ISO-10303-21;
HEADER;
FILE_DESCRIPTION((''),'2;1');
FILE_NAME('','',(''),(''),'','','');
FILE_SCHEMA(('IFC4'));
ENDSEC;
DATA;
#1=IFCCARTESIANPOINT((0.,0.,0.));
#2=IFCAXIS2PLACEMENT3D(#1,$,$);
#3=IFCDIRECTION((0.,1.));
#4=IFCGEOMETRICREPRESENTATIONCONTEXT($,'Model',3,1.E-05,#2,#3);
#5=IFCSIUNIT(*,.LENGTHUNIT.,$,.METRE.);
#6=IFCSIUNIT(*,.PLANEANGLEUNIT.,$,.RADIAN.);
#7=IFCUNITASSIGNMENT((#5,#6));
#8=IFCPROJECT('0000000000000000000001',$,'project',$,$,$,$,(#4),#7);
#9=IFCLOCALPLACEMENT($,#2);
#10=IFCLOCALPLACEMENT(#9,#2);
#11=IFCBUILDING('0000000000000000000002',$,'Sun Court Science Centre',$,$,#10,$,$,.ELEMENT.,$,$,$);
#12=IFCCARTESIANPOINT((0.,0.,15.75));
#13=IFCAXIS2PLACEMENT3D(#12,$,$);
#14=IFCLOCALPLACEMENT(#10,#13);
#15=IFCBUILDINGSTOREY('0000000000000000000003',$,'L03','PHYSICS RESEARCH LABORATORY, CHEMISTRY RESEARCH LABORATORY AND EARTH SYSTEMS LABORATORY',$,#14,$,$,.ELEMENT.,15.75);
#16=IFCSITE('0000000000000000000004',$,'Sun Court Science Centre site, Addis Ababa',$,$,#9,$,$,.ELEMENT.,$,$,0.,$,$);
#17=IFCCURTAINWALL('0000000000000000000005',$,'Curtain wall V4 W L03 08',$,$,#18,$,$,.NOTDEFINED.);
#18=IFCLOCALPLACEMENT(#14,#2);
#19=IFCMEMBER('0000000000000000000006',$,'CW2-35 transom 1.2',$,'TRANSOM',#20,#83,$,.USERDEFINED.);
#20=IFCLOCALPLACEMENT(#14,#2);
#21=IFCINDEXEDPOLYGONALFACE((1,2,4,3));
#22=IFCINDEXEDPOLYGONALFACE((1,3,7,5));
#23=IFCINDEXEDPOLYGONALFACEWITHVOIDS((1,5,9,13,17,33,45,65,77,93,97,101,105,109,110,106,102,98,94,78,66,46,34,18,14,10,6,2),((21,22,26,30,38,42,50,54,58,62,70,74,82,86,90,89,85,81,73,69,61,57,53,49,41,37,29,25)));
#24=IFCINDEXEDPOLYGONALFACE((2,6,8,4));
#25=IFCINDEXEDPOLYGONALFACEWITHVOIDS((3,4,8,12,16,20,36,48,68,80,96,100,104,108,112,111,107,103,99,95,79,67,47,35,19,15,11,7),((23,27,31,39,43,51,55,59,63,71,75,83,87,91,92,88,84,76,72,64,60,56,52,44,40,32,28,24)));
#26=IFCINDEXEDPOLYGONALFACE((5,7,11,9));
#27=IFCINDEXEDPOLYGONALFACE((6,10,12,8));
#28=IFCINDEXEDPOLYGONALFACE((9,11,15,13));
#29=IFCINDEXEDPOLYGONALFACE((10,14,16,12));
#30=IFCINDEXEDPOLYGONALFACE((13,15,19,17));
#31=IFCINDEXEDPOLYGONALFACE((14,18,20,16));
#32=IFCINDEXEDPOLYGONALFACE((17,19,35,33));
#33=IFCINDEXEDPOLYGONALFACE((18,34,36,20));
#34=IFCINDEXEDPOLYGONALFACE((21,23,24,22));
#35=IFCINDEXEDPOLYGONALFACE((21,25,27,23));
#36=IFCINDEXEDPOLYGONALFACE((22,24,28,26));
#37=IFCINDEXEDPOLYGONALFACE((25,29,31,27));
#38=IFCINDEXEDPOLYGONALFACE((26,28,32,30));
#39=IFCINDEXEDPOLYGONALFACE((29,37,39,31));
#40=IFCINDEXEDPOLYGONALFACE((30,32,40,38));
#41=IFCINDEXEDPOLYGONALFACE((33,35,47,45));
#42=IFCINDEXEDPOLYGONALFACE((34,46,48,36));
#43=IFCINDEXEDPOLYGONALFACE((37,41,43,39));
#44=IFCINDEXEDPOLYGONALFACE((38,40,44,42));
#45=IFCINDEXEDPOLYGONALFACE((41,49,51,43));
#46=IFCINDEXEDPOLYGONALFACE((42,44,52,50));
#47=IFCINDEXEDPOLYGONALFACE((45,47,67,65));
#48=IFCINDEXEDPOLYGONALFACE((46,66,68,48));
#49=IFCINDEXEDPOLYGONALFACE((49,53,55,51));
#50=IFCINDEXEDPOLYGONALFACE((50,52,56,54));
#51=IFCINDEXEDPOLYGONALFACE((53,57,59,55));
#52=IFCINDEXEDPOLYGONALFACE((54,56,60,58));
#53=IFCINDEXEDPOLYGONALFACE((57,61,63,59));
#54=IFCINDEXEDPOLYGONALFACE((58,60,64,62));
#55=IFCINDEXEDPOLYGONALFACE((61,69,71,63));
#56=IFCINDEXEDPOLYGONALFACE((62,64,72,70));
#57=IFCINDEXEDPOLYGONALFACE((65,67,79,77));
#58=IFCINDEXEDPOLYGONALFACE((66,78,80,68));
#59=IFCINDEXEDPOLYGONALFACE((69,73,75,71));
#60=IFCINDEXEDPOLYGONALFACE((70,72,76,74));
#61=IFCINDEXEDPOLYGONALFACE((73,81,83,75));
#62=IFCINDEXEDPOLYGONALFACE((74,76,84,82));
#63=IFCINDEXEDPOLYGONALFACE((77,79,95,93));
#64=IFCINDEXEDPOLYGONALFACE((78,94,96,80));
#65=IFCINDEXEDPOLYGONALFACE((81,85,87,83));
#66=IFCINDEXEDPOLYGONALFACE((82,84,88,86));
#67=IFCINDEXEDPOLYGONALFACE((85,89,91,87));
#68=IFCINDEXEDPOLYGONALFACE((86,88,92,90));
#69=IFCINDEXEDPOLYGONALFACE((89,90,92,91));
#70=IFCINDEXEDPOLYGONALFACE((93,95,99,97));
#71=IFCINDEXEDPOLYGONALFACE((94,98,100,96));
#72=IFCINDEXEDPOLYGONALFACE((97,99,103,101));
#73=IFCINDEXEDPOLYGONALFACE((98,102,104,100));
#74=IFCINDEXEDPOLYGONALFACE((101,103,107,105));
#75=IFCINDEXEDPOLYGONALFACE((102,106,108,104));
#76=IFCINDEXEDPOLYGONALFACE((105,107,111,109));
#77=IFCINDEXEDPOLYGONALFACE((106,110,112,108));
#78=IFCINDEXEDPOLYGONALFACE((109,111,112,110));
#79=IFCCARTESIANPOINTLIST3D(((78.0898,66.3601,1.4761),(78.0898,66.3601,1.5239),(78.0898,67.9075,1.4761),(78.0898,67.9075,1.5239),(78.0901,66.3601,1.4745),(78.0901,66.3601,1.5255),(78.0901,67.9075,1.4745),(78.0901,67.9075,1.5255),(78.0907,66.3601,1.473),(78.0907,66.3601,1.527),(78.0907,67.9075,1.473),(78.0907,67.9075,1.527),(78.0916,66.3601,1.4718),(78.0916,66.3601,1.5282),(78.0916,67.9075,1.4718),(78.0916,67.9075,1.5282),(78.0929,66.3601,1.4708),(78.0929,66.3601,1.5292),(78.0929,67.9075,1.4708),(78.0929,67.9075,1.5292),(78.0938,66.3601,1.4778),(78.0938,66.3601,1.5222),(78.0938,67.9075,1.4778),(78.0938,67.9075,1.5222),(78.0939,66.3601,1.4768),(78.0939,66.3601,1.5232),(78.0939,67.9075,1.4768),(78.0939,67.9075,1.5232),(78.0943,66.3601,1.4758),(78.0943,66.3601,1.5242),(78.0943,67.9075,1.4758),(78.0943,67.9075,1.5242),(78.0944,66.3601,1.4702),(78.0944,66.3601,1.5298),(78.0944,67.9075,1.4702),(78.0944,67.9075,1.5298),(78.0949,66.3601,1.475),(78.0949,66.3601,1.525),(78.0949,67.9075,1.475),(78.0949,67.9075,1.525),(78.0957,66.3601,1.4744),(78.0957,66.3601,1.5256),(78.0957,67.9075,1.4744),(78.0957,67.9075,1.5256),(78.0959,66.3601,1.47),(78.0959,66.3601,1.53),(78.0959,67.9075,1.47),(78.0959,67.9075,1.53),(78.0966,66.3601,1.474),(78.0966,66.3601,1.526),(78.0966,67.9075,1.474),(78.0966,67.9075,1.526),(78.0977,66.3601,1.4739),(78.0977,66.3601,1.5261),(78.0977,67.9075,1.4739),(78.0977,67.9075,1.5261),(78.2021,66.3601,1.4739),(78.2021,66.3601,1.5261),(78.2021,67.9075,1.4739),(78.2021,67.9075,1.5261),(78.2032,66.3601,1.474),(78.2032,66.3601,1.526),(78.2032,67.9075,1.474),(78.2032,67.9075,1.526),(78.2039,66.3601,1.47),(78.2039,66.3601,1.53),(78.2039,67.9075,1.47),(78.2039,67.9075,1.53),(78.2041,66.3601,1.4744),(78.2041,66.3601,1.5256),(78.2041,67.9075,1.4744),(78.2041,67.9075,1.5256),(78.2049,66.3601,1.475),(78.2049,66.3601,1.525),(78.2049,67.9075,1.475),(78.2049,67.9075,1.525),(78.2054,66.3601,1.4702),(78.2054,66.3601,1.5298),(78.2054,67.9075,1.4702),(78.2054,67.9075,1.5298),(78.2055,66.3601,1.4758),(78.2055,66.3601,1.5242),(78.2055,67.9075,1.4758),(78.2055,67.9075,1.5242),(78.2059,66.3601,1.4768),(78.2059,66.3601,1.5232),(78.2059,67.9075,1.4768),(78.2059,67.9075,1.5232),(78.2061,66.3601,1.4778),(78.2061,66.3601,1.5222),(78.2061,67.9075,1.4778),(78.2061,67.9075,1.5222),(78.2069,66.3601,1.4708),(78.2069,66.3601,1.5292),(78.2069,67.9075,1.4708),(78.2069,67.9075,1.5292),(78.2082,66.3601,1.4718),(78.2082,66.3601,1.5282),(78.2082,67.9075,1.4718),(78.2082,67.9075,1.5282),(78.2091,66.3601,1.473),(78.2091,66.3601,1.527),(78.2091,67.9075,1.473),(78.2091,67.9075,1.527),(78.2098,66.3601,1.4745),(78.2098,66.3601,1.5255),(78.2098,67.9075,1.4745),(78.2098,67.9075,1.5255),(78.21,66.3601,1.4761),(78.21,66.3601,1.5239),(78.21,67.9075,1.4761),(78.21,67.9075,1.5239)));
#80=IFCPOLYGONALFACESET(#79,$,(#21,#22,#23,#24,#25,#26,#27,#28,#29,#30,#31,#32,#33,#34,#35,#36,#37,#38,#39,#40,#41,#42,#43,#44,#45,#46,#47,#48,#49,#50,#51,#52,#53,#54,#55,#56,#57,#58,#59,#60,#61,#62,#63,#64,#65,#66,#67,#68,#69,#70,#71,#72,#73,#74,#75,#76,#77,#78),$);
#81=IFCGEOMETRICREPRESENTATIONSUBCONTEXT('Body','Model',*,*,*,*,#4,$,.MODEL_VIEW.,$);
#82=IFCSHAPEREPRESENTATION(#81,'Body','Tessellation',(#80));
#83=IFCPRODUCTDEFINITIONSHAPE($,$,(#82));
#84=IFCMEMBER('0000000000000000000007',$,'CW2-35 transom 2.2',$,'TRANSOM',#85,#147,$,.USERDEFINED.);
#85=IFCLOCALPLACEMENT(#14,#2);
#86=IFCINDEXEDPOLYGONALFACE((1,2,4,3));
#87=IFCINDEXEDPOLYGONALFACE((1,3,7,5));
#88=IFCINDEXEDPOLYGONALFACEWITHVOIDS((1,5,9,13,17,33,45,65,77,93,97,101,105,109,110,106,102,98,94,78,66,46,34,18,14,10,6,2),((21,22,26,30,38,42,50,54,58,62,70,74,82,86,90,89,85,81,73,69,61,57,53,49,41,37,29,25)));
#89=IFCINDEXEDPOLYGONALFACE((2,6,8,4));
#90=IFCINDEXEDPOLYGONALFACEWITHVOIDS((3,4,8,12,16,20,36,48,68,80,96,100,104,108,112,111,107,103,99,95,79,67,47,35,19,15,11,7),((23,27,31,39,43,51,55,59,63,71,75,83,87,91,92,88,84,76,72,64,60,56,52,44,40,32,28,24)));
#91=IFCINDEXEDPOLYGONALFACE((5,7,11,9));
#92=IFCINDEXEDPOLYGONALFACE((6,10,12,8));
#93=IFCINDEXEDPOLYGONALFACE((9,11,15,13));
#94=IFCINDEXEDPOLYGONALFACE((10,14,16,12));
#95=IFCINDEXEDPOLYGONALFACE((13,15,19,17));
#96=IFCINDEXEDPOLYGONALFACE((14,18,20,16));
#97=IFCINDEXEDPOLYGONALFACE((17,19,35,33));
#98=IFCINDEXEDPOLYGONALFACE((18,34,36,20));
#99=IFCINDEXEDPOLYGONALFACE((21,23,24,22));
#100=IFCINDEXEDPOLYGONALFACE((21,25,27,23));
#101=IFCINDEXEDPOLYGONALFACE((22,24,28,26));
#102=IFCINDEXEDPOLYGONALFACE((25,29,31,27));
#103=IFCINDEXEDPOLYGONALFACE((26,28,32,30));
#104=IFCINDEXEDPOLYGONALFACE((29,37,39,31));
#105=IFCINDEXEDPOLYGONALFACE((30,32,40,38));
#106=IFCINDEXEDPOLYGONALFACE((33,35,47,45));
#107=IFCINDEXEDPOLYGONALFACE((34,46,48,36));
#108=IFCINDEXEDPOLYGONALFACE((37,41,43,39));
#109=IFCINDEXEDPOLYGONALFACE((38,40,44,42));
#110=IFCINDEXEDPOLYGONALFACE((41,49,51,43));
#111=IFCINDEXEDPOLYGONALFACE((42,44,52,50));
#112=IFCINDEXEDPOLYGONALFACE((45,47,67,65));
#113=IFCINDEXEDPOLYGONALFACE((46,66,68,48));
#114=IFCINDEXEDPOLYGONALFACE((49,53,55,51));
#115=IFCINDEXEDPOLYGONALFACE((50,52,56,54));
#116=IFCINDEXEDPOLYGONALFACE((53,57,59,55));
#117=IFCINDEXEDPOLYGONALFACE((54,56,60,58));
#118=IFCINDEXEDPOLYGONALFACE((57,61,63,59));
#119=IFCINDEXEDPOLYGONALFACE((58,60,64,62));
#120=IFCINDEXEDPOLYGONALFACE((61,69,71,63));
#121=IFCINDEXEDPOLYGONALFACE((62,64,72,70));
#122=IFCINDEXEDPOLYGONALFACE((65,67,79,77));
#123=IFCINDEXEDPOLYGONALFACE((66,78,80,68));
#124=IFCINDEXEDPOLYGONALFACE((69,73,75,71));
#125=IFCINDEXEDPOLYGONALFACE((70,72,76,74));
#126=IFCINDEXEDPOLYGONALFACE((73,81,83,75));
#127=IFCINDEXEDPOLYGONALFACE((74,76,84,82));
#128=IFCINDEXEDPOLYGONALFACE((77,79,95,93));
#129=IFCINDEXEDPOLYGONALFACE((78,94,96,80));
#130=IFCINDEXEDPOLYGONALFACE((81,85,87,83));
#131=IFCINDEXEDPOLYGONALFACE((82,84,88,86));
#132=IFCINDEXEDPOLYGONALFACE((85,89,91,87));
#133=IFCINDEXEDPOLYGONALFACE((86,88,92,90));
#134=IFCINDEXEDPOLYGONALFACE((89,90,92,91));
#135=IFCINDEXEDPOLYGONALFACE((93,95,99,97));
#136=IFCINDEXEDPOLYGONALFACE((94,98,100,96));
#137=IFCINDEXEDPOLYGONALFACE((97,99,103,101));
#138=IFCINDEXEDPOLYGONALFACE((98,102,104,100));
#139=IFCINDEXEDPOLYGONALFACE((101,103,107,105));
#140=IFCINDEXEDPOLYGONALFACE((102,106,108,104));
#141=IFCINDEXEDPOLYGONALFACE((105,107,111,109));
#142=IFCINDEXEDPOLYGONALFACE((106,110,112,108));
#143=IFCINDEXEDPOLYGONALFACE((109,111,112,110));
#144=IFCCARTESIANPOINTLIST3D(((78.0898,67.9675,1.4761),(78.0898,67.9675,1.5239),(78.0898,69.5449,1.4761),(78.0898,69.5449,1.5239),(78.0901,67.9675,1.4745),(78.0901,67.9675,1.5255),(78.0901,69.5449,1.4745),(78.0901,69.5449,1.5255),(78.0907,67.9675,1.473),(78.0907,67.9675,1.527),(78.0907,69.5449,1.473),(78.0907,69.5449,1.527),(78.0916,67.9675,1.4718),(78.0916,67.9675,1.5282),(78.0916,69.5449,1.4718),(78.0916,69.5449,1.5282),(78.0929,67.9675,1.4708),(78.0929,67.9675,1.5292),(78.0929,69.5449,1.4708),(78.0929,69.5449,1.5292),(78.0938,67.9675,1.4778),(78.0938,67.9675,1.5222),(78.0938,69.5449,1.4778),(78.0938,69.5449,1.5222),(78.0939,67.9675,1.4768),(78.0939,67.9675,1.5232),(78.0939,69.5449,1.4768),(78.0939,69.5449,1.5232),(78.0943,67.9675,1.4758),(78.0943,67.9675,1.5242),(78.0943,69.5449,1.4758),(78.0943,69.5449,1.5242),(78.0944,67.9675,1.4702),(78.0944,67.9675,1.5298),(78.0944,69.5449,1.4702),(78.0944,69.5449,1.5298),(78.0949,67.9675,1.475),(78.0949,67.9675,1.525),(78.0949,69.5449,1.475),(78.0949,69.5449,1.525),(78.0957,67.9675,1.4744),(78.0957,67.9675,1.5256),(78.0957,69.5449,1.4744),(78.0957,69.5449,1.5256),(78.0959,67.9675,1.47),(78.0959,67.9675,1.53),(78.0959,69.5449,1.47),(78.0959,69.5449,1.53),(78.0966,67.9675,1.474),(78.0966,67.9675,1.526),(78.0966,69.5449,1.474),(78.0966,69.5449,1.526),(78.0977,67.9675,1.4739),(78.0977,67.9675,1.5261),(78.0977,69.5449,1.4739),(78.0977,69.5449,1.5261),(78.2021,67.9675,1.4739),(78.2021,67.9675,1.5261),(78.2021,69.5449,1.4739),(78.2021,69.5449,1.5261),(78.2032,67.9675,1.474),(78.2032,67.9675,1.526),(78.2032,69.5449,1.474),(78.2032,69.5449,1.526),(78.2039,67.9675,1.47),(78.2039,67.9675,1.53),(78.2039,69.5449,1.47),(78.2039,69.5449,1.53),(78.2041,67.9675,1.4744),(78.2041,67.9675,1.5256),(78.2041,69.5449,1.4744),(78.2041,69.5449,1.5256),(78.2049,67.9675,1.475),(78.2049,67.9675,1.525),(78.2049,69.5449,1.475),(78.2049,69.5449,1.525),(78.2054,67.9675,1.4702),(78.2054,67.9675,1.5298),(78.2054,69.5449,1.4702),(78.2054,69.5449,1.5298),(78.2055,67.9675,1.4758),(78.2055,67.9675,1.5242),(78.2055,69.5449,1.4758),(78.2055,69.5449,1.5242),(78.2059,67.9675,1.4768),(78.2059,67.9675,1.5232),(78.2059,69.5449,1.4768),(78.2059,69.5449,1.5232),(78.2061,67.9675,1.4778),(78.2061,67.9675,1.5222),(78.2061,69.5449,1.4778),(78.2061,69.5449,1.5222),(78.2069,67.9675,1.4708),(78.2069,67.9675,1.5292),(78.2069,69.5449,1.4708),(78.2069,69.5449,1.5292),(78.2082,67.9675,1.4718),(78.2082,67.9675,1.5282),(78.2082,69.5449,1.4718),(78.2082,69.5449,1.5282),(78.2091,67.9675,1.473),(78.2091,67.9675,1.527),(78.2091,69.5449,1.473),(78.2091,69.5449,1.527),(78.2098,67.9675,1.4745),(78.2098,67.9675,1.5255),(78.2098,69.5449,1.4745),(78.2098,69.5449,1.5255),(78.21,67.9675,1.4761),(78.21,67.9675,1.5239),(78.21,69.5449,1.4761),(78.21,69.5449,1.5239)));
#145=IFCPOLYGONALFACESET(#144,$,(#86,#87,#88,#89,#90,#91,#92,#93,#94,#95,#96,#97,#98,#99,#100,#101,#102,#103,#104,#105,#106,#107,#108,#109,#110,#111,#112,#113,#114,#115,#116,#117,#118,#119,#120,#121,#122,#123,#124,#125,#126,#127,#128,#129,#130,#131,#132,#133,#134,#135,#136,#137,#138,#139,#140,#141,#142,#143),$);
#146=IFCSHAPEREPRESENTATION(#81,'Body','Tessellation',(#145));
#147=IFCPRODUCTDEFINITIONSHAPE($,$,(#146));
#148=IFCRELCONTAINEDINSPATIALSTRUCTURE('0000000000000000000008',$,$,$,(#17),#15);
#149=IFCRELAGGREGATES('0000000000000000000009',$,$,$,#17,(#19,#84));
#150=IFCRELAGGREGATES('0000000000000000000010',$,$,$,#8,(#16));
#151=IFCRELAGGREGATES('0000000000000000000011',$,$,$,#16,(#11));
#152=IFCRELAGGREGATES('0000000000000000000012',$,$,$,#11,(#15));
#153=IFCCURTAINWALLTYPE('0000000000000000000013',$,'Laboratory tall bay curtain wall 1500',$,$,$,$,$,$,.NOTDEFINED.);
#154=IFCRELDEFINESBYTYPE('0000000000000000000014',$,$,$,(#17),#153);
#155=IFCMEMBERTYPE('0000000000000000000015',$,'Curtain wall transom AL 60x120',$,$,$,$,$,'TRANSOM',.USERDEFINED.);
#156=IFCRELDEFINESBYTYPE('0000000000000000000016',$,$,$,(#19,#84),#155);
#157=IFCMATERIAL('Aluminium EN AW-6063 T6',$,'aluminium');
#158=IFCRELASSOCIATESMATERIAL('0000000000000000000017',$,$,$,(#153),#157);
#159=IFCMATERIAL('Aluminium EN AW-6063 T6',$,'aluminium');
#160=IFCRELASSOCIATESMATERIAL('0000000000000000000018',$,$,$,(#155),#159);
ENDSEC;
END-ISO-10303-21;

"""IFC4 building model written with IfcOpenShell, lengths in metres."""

from ifc_helpers import new_model, si_unit, direction, frame, origin, origin_2d, place, context, subcontext, project, spatial, hollow_rectangle, extrude, material, material_profile, profile_set, type_object, element, aggregate, save


model = new_model("IFC4")

# Units and contexts
model_context = context("Model", 3, precision=1e-05, world=origin(), true_north=direction((0.0, 1.0)))
body_context = subcontext(model_context, "Body", "Model", "MODEL_VIEW")
ifc_project = project(units=[si_unit("LENGTHUNIT", "METRE"), si_unit("PLANEANGLEUNIT", "RADIAN")], contexts=[model_context])

# Site, building, storey
site_placement = place(None, origin())
site = spatial("IfcSite", under=ifc_project, at=site_placement, Name="Sun Court Science Centre site, Addis Ababa", CompositionType="ELEMENT", RefElevation=0.0)
building_placement = place(site_placement, origin())
building = spatial("IfcBuilding", under=site, at=building_placement, Name="Sun Court Science Centre", CompositionType="ELEMENT")
storey_placement = place(building_placement, frame((0.0, 0.0, 15.75)))
storey = spatial("IfcBuildingStorey", under=building, at=storey_placement, Name="L03", Description="PHYSICS RESEARCH LABORATORY, CHEMISTRY RESEARCH LABORATORY AND EARTH SYSTEMS LABORATORY", CompositionType="ELEMENT", Elevation=15.75)

# Curtain wall
ifc_material_1 = material(Name="Aluminium EN AW-6063 T6", Category="aluminium")
curtain_wall_type = type_object("IfcCurtainWallType", Name="Laboratory tall bay curtain wall 1500", PredefinedType="NOTDEFINED", material=ifc_material_1)
curtain_wall_1_placement = place(storey_placement, origin())
curtain_wall_1 = element("IfcCurtainWall", 1, at=curtain_wall_1_placement, inside=storey, type_object=curtain_wall_type, Name="Curtain wall V4 W L03 08", PredefinedType="NOTDEFINED")

# Members
ifc_material_2 = material(Name="Aluminium EN AW-6063 T6", Category="aluminium")
ifc_material_profile_1 = material_profile(ifc_material_2, hollow_rectangle(XDim=0.0601, YDim=0.1201, WallThickness=0.0039, InnerFilletRadius=0.0039, OuterFilletRadius=0.0061, at=origin_2d()), Name="AL 60x120x4")
ifc_profile_set_1 = profile_set([ifc_material_profile_1], Name="Aluminium EN AW-6063 T6")
member_type_1 = type_object("IfcMemberType", Name="Curtain wall transom AL 60x120", ElementType="TRANSOM", PredefinedType="USERDEFINED", material=ifc_profile_set_1)
member_1_placement = place(storey_placement, frame((78.1499, 66.3601, 1.5), z_axis=(0.0, 1.0, 0.0), x_axis=(0.0, 0.0, 1.0)))
member_1 = element("IfcMember", 2, at=member_1_placement, type_object=member_type_1, Name="CW2-35 transom 1.2", ObjectType="TRANSOM", PredefinedType="USERDEFINED", context=body_context, shape_type="SweptSolid", body=[
    extrude(hollow_rectangle(XDim=0.0601, YDim=0.1201, WallThickness=0.0039, InnerFilletRadius=0.0039, OuterFilletRadius=0.0061, at=origin_2d()), origin(), (0.0, 0.0, 1.0), 1.5474),
])
member_2_placement = place(storey_placement, frame((78.1499, 67.9675, 1.5), z_axis=(0.0, 1.0, 0.0), x_axis=(0.0, 0.0, 1.0)))
member_2 = element("IfcMember", 3, at=member_2_placement, type_object=member_type_1, Name="CW2-35 transom 2.2", ObjectType="TRANSOM", PredefinedType="USERDEFINED", context=body_context, shape_type="SweptSolid", body=[
    extrude(hollow_rectangle(XDim=0.0601, YDim=0.1201, WallThickness=0.0039, InnerFilletRadius=0.0039, OuterFilletRadius=0.0061, at=origin_2d()), origin(), (0.0, 0.0, 1.0), 1.5774),
])

aggregate(curtain_wall_1, [member_1, member_2])

save(model, "model.ifc")
